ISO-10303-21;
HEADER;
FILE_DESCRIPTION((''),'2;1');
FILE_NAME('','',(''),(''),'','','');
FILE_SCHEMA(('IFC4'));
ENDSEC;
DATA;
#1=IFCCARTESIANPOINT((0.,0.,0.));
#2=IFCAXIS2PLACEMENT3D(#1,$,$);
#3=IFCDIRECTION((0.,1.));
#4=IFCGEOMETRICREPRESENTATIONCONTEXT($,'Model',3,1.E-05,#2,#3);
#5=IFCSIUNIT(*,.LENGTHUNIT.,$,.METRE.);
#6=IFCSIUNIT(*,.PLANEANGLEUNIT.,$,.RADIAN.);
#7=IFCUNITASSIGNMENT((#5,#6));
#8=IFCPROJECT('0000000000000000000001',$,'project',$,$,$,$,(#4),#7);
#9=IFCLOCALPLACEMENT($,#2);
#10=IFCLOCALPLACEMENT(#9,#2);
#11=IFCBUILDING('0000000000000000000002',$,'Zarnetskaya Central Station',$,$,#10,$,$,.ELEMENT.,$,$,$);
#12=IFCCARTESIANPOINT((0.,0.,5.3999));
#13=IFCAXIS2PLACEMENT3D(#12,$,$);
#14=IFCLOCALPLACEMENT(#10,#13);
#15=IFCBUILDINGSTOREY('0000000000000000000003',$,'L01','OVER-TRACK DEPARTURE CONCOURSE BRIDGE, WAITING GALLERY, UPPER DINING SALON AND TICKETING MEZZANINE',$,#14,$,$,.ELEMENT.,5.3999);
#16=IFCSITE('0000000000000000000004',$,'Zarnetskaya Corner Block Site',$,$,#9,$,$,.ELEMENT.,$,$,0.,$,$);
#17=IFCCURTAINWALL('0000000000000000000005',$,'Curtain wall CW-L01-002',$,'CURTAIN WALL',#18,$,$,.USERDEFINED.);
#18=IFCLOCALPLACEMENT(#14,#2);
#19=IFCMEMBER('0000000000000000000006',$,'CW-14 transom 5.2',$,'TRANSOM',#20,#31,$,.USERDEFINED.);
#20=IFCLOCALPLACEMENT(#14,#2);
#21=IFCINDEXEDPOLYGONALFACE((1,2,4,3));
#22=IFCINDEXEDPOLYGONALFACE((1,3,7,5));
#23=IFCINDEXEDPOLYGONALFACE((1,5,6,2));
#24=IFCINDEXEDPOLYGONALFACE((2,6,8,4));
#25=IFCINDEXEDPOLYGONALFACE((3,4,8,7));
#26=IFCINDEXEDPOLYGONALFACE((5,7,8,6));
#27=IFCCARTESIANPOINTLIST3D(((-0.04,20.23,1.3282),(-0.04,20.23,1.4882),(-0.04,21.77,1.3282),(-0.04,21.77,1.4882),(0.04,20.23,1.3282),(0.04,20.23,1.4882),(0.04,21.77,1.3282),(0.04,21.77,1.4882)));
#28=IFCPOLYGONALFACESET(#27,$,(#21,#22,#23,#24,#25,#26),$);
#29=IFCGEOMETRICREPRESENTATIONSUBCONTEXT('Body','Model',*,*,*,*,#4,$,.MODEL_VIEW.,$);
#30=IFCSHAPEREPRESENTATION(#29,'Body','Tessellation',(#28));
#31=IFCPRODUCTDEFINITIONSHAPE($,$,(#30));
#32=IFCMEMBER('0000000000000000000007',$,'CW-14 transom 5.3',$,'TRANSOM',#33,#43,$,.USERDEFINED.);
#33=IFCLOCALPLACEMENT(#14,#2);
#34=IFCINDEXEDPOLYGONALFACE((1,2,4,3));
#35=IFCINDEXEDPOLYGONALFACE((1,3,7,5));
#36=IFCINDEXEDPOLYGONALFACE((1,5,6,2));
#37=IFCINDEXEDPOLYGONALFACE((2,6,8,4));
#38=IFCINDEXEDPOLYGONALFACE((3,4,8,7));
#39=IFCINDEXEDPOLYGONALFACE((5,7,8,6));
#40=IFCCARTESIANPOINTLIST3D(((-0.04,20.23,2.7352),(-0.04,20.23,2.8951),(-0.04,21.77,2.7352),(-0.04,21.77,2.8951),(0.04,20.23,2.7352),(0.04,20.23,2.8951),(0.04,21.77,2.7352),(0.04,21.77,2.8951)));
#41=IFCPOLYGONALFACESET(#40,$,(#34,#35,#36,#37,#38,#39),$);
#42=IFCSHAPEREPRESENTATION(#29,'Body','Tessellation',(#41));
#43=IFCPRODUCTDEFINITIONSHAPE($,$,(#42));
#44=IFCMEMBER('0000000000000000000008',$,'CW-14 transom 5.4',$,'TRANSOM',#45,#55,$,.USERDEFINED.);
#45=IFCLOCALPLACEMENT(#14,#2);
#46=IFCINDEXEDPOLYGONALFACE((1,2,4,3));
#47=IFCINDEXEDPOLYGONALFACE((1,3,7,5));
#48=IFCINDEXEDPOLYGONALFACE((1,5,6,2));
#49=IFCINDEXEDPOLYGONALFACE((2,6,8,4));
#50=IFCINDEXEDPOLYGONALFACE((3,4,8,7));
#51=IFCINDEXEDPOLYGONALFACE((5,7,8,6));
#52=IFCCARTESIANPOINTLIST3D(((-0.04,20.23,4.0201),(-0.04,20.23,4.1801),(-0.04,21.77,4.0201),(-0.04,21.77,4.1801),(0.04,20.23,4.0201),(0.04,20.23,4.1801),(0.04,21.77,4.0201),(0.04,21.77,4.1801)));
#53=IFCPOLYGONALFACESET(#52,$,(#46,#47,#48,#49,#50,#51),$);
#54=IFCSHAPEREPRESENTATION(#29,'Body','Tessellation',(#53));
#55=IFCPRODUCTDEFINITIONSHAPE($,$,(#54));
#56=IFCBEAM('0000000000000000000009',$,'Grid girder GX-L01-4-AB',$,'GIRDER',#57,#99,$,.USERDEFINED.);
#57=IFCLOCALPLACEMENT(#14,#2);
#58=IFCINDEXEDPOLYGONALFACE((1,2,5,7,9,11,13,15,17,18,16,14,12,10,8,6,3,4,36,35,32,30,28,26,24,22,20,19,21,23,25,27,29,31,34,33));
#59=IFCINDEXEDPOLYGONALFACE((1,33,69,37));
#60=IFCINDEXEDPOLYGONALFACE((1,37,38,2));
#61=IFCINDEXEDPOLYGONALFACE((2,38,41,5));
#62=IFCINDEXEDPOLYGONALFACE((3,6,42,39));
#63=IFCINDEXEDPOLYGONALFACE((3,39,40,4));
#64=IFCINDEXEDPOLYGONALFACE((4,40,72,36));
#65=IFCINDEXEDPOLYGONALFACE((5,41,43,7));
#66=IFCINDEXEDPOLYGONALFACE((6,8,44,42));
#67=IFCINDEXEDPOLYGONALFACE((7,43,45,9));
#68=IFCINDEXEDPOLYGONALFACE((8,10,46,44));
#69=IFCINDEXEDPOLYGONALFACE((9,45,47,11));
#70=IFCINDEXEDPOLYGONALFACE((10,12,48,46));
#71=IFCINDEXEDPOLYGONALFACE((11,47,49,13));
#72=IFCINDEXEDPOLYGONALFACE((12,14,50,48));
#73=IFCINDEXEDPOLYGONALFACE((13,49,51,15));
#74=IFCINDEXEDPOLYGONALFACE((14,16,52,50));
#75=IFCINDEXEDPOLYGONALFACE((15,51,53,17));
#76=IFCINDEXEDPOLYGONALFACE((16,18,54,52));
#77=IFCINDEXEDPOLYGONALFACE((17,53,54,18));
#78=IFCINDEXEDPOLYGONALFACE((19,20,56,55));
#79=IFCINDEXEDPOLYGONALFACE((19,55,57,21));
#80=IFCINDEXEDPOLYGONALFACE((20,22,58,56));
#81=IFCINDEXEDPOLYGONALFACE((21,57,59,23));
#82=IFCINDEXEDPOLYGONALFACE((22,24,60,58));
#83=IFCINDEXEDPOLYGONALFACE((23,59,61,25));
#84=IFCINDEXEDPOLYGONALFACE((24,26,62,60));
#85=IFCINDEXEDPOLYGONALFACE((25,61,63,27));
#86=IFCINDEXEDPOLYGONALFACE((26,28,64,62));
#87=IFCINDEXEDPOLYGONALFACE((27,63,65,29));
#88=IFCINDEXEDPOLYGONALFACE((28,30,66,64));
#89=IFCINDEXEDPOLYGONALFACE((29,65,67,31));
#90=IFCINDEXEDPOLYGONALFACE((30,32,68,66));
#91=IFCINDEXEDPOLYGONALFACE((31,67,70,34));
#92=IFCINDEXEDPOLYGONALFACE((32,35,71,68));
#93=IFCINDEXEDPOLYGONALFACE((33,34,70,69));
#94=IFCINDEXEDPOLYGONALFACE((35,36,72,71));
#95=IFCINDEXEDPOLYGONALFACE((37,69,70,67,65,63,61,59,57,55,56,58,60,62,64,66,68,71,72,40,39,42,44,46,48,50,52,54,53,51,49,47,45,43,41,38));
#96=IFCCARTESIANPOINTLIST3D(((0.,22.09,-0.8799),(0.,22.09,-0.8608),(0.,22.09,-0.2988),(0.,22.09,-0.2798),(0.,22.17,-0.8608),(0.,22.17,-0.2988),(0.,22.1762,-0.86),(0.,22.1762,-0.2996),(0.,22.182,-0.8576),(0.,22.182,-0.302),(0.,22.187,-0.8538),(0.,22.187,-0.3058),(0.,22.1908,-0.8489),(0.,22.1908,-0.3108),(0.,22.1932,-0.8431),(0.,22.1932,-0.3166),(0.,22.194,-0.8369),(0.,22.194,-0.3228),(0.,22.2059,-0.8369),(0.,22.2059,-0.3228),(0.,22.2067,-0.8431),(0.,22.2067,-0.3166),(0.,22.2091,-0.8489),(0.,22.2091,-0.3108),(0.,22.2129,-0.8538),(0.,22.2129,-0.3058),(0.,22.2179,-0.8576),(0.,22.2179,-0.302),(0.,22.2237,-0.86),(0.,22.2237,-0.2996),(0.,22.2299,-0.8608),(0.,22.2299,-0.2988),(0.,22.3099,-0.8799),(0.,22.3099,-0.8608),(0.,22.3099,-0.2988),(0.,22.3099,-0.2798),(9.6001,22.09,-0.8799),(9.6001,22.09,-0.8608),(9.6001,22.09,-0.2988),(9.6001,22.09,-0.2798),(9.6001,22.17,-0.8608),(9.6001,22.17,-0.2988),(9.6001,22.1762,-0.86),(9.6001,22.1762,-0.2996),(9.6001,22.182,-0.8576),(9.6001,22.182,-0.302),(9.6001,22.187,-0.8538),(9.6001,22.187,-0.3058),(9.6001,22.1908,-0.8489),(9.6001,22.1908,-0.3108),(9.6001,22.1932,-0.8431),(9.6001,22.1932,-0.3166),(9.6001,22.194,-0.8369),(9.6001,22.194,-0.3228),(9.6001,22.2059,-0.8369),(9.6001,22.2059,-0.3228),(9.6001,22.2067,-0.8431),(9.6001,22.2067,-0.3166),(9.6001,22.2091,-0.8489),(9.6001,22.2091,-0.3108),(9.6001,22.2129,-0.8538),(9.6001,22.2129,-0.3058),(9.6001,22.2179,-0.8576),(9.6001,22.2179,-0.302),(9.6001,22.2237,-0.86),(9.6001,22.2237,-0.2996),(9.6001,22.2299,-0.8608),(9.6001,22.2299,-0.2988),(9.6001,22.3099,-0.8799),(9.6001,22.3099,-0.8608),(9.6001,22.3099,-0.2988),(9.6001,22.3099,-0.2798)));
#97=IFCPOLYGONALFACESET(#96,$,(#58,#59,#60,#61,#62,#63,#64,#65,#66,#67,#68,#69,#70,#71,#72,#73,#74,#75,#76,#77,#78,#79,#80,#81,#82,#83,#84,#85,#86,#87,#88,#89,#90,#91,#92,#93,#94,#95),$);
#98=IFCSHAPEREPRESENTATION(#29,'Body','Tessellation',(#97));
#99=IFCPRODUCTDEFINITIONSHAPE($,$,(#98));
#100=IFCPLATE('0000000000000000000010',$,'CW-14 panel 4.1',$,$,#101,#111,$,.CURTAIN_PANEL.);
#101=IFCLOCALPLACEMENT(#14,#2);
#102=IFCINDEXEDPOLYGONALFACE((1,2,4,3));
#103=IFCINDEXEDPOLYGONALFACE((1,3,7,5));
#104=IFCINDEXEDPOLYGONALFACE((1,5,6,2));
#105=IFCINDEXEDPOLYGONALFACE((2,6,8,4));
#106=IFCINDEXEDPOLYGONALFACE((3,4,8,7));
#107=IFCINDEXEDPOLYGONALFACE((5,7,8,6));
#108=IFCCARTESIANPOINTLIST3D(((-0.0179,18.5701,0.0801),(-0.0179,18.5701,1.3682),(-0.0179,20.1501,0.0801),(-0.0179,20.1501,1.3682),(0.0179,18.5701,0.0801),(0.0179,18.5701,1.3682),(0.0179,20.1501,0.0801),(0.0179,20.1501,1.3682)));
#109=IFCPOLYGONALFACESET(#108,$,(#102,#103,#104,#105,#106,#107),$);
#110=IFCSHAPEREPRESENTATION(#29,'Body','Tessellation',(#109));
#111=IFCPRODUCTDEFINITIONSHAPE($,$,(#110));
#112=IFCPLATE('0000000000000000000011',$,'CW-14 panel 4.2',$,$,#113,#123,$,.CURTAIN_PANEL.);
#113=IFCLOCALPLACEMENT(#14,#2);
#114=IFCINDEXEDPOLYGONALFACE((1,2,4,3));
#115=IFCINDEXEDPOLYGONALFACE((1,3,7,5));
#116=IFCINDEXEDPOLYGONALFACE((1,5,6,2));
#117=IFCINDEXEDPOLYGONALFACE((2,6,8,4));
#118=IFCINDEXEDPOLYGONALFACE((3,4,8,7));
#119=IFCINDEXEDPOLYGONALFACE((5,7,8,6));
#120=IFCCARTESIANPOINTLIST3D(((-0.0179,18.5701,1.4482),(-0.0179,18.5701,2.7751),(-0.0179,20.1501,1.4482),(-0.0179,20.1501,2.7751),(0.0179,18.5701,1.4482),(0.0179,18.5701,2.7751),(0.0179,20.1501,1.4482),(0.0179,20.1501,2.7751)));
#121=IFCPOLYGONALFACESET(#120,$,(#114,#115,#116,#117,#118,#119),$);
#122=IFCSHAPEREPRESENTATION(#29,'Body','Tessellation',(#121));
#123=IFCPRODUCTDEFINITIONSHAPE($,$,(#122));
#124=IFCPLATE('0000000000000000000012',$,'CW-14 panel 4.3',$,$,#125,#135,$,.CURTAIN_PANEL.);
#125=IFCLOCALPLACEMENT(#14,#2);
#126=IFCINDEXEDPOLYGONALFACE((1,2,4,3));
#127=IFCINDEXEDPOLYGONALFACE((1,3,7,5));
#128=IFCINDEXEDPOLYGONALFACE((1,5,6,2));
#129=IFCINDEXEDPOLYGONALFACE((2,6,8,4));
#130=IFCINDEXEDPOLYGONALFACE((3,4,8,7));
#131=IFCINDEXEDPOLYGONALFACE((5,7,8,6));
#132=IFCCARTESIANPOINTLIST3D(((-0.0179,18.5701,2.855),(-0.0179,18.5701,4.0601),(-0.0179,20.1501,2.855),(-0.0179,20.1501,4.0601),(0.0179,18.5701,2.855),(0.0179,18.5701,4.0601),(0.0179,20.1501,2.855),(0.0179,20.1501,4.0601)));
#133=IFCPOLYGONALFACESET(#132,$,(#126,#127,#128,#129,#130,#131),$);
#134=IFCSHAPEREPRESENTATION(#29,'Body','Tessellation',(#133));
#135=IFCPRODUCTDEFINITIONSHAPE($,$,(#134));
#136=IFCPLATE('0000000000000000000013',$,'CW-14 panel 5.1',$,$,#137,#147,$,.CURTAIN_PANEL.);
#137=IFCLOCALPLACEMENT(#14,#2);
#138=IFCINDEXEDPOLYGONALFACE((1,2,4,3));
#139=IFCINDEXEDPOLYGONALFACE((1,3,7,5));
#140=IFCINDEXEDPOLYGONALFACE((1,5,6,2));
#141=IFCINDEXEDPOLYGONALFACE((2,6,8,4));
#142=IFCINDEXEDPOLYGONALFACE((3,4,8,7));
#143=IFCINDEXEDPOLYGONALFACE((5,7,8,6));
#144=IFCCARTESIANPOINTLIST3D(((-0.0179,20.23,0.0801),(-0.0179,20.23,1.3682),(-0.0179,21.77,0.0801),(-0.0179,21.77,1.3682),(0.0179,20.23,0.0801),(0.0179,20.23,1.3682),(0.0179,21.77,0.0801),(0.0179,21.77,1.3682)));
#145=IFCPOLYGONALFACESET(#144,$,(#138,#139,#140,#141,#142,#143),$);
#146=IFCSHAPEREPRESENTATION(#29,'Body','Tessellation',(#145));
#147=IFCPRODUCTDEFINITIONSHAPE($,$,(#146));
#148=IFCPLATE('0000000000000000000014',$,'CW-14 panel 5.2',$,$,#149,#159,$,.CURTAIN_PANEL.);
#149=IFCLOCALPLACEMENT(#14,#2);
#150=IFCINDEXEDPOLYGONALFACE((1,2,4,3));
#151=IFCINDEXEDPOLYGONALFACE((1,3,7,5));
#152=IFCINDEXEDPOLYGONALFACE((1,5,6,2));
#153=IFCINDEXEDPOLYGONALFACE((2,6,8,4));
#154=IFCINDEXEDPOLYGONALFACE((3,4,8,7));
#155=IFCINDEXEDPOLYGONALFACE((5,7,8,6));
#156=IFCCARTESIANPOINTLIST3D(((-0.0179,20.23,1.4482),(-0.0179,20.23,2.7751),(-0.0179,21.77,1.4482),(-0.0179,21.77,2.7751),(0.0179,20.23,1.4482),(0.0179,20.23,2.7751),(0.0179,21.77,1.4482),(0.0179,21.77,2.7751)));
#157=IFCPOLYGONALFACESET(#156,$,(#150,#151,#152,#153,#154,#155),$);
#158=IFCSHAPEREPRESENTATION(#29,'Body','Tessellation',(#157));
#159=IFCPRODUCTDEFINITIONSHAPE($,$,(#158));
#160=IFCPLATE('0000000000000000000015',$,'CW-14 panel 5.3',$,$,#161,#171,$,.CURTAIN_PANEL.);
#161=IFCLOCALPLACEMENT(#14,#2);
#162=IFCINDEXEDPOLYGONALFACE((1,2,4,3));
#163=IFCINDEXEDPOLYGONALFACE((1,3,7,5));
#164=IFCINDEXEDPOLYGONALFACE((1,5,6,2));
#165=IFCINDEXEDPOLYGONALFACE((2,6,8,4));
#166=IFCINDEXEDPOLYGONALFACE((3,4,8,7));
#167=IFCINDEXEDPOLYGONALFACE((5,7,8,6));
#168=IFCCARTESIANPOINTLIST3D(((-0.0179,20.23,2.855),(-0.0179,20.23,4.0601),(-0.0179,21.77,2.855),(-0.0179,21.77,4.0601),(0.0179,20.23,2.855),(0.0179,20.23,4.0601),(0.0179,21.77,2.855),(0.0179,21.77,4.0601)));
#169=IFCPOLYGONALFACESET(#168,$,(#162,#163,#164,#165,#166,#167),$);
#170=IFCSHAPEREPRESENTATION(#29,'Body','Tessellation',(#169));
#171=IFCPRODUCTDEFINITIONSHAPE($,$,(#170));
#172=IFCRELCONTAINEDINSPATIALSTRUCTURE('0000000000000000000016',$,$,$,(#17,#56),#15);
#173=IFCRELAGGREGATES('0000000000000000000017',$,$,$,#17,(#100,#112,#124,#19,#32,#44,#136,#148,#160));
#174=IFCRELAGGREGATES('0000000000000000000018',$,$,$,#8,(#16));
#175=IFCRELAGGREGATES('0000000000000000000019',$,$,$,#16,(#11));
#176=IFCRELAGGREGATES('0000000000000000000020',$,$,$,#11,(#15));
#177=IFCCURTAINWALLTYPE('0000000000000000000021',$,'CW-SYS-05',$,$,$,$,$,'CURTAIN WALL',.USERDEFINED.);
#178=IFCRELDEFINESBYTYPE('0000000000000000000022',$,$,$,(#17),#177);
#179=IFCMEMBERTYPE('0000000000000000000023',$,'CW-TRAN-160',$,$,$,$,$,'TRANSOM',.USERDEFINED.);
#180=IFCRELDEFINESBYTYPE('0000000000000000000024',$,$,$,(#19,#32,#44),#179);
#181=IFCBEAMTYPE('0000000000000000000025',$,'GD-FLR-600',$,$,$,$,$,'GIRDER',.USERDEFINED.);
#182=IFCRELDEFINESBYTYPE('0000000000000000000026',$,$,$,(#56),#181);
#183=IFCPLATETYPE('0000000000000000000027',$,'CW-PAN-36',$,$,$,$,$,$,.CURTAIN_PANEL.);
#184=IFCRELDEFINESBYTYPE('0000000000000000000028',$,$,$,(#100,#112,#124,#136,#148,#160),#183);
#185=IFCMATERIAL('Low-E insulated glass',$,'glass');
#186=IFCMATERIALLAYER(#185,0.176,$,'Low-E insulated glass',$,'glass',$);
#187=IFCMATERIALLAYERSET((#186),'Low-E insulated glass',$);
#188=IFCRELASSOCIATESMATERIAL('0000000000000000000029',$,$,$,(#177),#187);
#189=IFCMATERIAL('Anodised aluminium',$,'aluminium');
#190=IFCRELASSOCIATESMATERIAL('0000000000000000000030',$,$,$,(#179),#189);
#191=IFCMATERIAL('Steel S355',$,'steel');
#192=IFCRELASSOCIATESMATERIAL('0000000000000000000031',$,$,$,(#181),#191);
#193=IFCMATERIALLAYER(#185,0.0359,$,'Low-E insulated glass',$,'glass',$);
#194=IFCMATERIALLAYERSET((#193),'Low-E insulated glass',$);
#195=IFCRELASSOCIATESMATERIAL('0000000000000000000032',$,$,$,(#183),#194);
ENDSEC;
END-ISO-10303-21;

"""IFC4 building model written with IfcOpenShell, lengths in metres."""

from ifc_helpers import new_model, si_unit, direction, frame, origin, origin_2d, place, context, subcontext, project, spatial, rectangle, i_section, extrude, material, layer, layer_set, material_profile, profile_set, type_object, element, aggregate, save


model = new_model("IFC4")

# Units and contexts
model_context = context("Model", 3, precision=1e-05, world=origin(), true_north=direction((0.0, 1.0)))
body_context = subcontext(model_context, "Body", "Model", "MODEL_VIEW")
ifc_project = project(units=[si_unit("LENGTHUNIT", "METRE"), si_unit("PLANEANGLEUNIT", "RADIAN")], contexts=[model_context])

# Site, building, storey
site_placement = place(None, origin())
site = spatial("IfcSite", under=ifc_project, at=site_placement, Name="Zarnetskaya Corner Block Site", CompositionType="ELEMENT", RefElevation=0.0)
building_placement = place(site_placement, origin())
building = spatial("IfcBuilding", under=site, at=building_placement, Name="Zarnetskaya Central Station", CompositionType="ELEMENT")
storey_placement = place(building_placement, frame((0.0, 0.0, 5.3999)))
storey = spatial("IfcBuildingStorey", under=building, at=storey_placement, Name="L01", Description="OVER-TRACK DEPARTURE CONCOURSE BRIDGE, WAITING GALLERY, UPPER DINING SALON AND TICKETING MEZZANINE", CompositionType="ELEMENT", Elevation=5.3999)

# Shared definitions
ifc_material_1 = material(Name="Steel S355", Category="steel")

# Curtain wall, members
ifc_material_2 = material(Name="Low-E insulated glass", Category="glass")
ifc_layer_1 = layer(ifc_material_2, 0.176, Name="Low-E insulated glass", Category="glass")
ifc_layer_set_1 = layer_set([ifc_layer_1], Name="Low-E insulated glass")
curtain_wall_type = type_object("IfcCurtainWallType", Name="CW-SYS-05", ElementType="CURTAIN WALL", PredefinedType="USERDEFINED", material=ifc_layer_set_1)
curtain_wall_placement = place(storey_placement, origin())
curtain_wall = element("IfcCurtainWall", 1, at=curtain_wall_placement, inside=storey, type_object=curtain_wall_type, Name="Curtain wall CW-L01-002", ObjectType="CURTAIN WALL", PredefinedType="USERDEFINED")
ifc_material_3 = material(Name="Anodised aluminium", Category="aluminium")
ifc_material_profile_1 = material_profile(ifc_material_3, rectangle(XDim=0.0801, YDim=0.1599, at=origin_2d()), Name="ALU TRAN 80x160")
ifc_profile_set_1 = profile_set([ifc_material_profile_1], Name="Anodised aluminium")
member_type_1 = type_object("IfcMemberType", Name="CW-TRAN-160", ElementType="TRANSOM", PredefinedType="USERDEFINED", material=ifc_profile_set_1)
member_1_placement = place(storey_placement, frame((0.0, 20.23, 1.4082), z_axis=(0.0, 1.0, 0.0), x_axis=(-1.0, 0.0, 0.0)))
member_1 = element("IfcMember", 2, at=member_1_placement, type_object=member_type_1, Name="CW-14 transom 5.2", ObjectType="TRANSOM", PredefinedType="USERDEFINED", context=body_context, shape_type="SweptSolid", body=[
    extrude(rectangle(XDim=0.0801, YDim=0.1599, at=origin_2d()), origin(), (0.0, 0.0, 1.0), 1.54),
])
member_2_placement = place(storey_placement, frame((0.0, 20.23, 2.8152), z_axis=(0.0, 1.0, 0.0), x_axis=(-1.0, 0.0, 0.0)))
member_2 = element("IfcMember", 3, at=member_2_placement, type_object=member_type_1, Name="CW-14 transom 5.3", ObjectType="TRANSOM", PredefinedType="USERDEFINED", context=body_context, shape_type="SweptSolid", body=[
    extrude(rectangle(XDim=0.0801, YDim=0.1599, at=origin_2d()), origin(), (0.0, 0.0, 1.0), 1.54),
])
member_3_placement = place(storey_placement, frame((0.0, 20.23, 4.1001), z_axis=(0.0, 1.0, 0.0), x_axis=(-1.0, 0.0, 0.0)))
member_3 = element("IfcMember", 4, at=member_3_placement, type_object=member_type_1, Name="CW-14 transom 5.4", ObjectType="TRANSOM", PredefinedType="USERDEFINED", context=body_context, shape_type="SweptSolid", body=[
    extrude(rectangle(XDim=0.0801, YDim=0.1599, at=origin_2d()), origin(), (0.0, 0.0, 1.0), 1.54),
])

# Beam
ifc_material_profile_2 = material_profile(ifc_material_1, i_section(OverallWidth=0.22, OverallDepth=0.6001, WebThickness=0.012, FlangeThickness=0.019, FilletRadius=0.0239, at=origin_2d()), Name="IPE 600")
ifc_profile_set_2 = profile_set([ifc_material_profile_2], Name="Steel S355")
beam_type_1 = type_object("IfcBeamType", Name="GD-FLR-600", ElementType="GIRDER", PredefinedType="USERDEFINED", material=ifc_profile_set_2)
beam_1_placement = place(storey_placement, frame((0.0, 22.2, -0.5798), z_axis=(1.0, 0.0, 0.0), x_axis=(0.0, 1.0, 0.0)))
element("IfcBeam", 5, at=beam_1_placement, inside=storey, type_object=beam_type_1, Name="Grid girder GX-L01-4-AB", ObjectType="GIRDER", PredefinedType="USERDEFINED", context=body_context, shape_type="SweptSolid", body=[
    extrude(i_section(OverallWidth=0.22, OverallDepth=0.6001, WebThickness=0.012, FlangeThickness=0.019, FilletRadius=0.0239, at=origin_2d()), origin(), (0.0, 0.0, 1.0), 9.6001),
])

# Plates
ifc_layer_2 = layer(ifc_material_2, 0.0359, Name="Low-E insulated glass", Category="glass")
ifc_layer_set_2 = layer_set([ifc_layer_2], Name="Low-E insulated glass")
plate_type = type_object("IfcPlateType", Name="CW-PAN-36", PredefinedType="CURTAIN_PANEL", material=ifc_layer_set_2)
plate_1_placement = place(storey_placement, frame((0.0, 19.3601, 0.0801), z_axis=(0.0, 0.0, 1.0), x_axis=(0.0, 1.0, 0.0)))
plate_1 = element("IfcPlate", 6, at=plate_1_placement, type_object=plate_type, Name="CW-14 panel 4.1", PredefinedType="CURTAIN_PANEL", context=body_context, shape_type="SweptSolid", body=[
    extrude(rectangle(XDim=1.5801, YDim=0.0359, at=origin_2d()), origin(), (0.0, 0.0, 1.0), 1.2881),
])
plate_2_placement = place(storey_placement, frame((0.0, 19.3601, 1.4482), z_axis=(0.0, 0.0, 1.0), x_axis=(0.0, 1.0, 0.0)))
plate_2 = element("IfcPlate", 7, at=plate_2_placement, type_object=plate_type, Name="CW-14 panel 4.2", PredefinedType="CURTAIN_PANEL", context=body_context, shape_type="SweptSolid", body=[
    extrude(rectangle(XDim=1.5801, YDim=0.0359, at=origin_2d()), origin(), (0.0, 0.0, 1.0), 1.3269),
])
plate_3_placement = place(storey_placement, frame((0.0, 19.3601, 2.855), z_axis=(0.0, 0.0, 1.0), x_axis=(0.0, 1.0, 0.0)))
plate_3 = element("IfcPlate", 8, at=plate_3_placement, type_object=plate_type, Name="CW-14 panel 4.3", PredefinedType="CURTAIN_PANEL", context=body_context, shape_type="SweptSolid", body=[
    extrude(rectangle(XDim=1.5801, YDim=0.0359, at=origin_2d()), origin(), (0.0, 0.0, 1.0), 1.2051),
])
plate_4_placement = place(storey_placement, frame((0.0, 21.0, 0.0801), z_axis=(0.0, 0.0, 1.0), x_axis=(0.0, 1.0, 0.0)))
plate_4 = element("IfcPlate", 9, at=plate_4_placement, type_object=plate_type, Name="CW-14 panel 5.1", PredefinedType="CURTAIN_PANEL", context=body_context, shape_type="SweptSolid", body=[
    extrude(rectangle(XDim=1.54, YDim=0.0359, at=origin_2d()), origin(), (0.0, 0.0, 1.0), 1.2881),
])
plate_5_placement = place(storey_placement, frame((0.0, 21.0, 1.4482), z_axis=(0.0, 0.0, 1.0), x_axis=(0.0, 1.0, 0.0)))
plate_5 = element("IfcPlate", 10, at=plate_5_placement, type_object=plate_type, Name="CW-14 panel 5.2", PredefinedType="CURTAIN_PANEL", context=body_context, shape_type="SweptSolid", body=[
    extrude(rectangle(XDim=1.54, YDim=0.0359, at=origin_2d()), origin(), (0.0, 0.0, 1.0), 1.3269),
])
plate_6_placement = place(storey_placement, frame((0.0, 21.0, 2.855), z_axis=(0.0, 0.0, 1.0), x_axis=(0.0, 1.0, 0.0)))
plate_6 = element("IfcPlate", 11, at=plate_6_placement, type_object=plate_type, Name="CW-14 panel 5.3", PredefinedType="CURTAIN_PANEL", context=body_context, shape_type="SweptSolid", body=[
    extrude(rectangle(XDim=1.54, YDim=0.0359, at=origin_2d()), origin(), (0.0, 0.0, 1.0), 1.2051),
])
aggregate(curtain_wall, [plate_1, plate_2, plate_3, member_1, member_2, member_3, plate_4, plate_5, plate_6])

save(model, "model.ifc")
